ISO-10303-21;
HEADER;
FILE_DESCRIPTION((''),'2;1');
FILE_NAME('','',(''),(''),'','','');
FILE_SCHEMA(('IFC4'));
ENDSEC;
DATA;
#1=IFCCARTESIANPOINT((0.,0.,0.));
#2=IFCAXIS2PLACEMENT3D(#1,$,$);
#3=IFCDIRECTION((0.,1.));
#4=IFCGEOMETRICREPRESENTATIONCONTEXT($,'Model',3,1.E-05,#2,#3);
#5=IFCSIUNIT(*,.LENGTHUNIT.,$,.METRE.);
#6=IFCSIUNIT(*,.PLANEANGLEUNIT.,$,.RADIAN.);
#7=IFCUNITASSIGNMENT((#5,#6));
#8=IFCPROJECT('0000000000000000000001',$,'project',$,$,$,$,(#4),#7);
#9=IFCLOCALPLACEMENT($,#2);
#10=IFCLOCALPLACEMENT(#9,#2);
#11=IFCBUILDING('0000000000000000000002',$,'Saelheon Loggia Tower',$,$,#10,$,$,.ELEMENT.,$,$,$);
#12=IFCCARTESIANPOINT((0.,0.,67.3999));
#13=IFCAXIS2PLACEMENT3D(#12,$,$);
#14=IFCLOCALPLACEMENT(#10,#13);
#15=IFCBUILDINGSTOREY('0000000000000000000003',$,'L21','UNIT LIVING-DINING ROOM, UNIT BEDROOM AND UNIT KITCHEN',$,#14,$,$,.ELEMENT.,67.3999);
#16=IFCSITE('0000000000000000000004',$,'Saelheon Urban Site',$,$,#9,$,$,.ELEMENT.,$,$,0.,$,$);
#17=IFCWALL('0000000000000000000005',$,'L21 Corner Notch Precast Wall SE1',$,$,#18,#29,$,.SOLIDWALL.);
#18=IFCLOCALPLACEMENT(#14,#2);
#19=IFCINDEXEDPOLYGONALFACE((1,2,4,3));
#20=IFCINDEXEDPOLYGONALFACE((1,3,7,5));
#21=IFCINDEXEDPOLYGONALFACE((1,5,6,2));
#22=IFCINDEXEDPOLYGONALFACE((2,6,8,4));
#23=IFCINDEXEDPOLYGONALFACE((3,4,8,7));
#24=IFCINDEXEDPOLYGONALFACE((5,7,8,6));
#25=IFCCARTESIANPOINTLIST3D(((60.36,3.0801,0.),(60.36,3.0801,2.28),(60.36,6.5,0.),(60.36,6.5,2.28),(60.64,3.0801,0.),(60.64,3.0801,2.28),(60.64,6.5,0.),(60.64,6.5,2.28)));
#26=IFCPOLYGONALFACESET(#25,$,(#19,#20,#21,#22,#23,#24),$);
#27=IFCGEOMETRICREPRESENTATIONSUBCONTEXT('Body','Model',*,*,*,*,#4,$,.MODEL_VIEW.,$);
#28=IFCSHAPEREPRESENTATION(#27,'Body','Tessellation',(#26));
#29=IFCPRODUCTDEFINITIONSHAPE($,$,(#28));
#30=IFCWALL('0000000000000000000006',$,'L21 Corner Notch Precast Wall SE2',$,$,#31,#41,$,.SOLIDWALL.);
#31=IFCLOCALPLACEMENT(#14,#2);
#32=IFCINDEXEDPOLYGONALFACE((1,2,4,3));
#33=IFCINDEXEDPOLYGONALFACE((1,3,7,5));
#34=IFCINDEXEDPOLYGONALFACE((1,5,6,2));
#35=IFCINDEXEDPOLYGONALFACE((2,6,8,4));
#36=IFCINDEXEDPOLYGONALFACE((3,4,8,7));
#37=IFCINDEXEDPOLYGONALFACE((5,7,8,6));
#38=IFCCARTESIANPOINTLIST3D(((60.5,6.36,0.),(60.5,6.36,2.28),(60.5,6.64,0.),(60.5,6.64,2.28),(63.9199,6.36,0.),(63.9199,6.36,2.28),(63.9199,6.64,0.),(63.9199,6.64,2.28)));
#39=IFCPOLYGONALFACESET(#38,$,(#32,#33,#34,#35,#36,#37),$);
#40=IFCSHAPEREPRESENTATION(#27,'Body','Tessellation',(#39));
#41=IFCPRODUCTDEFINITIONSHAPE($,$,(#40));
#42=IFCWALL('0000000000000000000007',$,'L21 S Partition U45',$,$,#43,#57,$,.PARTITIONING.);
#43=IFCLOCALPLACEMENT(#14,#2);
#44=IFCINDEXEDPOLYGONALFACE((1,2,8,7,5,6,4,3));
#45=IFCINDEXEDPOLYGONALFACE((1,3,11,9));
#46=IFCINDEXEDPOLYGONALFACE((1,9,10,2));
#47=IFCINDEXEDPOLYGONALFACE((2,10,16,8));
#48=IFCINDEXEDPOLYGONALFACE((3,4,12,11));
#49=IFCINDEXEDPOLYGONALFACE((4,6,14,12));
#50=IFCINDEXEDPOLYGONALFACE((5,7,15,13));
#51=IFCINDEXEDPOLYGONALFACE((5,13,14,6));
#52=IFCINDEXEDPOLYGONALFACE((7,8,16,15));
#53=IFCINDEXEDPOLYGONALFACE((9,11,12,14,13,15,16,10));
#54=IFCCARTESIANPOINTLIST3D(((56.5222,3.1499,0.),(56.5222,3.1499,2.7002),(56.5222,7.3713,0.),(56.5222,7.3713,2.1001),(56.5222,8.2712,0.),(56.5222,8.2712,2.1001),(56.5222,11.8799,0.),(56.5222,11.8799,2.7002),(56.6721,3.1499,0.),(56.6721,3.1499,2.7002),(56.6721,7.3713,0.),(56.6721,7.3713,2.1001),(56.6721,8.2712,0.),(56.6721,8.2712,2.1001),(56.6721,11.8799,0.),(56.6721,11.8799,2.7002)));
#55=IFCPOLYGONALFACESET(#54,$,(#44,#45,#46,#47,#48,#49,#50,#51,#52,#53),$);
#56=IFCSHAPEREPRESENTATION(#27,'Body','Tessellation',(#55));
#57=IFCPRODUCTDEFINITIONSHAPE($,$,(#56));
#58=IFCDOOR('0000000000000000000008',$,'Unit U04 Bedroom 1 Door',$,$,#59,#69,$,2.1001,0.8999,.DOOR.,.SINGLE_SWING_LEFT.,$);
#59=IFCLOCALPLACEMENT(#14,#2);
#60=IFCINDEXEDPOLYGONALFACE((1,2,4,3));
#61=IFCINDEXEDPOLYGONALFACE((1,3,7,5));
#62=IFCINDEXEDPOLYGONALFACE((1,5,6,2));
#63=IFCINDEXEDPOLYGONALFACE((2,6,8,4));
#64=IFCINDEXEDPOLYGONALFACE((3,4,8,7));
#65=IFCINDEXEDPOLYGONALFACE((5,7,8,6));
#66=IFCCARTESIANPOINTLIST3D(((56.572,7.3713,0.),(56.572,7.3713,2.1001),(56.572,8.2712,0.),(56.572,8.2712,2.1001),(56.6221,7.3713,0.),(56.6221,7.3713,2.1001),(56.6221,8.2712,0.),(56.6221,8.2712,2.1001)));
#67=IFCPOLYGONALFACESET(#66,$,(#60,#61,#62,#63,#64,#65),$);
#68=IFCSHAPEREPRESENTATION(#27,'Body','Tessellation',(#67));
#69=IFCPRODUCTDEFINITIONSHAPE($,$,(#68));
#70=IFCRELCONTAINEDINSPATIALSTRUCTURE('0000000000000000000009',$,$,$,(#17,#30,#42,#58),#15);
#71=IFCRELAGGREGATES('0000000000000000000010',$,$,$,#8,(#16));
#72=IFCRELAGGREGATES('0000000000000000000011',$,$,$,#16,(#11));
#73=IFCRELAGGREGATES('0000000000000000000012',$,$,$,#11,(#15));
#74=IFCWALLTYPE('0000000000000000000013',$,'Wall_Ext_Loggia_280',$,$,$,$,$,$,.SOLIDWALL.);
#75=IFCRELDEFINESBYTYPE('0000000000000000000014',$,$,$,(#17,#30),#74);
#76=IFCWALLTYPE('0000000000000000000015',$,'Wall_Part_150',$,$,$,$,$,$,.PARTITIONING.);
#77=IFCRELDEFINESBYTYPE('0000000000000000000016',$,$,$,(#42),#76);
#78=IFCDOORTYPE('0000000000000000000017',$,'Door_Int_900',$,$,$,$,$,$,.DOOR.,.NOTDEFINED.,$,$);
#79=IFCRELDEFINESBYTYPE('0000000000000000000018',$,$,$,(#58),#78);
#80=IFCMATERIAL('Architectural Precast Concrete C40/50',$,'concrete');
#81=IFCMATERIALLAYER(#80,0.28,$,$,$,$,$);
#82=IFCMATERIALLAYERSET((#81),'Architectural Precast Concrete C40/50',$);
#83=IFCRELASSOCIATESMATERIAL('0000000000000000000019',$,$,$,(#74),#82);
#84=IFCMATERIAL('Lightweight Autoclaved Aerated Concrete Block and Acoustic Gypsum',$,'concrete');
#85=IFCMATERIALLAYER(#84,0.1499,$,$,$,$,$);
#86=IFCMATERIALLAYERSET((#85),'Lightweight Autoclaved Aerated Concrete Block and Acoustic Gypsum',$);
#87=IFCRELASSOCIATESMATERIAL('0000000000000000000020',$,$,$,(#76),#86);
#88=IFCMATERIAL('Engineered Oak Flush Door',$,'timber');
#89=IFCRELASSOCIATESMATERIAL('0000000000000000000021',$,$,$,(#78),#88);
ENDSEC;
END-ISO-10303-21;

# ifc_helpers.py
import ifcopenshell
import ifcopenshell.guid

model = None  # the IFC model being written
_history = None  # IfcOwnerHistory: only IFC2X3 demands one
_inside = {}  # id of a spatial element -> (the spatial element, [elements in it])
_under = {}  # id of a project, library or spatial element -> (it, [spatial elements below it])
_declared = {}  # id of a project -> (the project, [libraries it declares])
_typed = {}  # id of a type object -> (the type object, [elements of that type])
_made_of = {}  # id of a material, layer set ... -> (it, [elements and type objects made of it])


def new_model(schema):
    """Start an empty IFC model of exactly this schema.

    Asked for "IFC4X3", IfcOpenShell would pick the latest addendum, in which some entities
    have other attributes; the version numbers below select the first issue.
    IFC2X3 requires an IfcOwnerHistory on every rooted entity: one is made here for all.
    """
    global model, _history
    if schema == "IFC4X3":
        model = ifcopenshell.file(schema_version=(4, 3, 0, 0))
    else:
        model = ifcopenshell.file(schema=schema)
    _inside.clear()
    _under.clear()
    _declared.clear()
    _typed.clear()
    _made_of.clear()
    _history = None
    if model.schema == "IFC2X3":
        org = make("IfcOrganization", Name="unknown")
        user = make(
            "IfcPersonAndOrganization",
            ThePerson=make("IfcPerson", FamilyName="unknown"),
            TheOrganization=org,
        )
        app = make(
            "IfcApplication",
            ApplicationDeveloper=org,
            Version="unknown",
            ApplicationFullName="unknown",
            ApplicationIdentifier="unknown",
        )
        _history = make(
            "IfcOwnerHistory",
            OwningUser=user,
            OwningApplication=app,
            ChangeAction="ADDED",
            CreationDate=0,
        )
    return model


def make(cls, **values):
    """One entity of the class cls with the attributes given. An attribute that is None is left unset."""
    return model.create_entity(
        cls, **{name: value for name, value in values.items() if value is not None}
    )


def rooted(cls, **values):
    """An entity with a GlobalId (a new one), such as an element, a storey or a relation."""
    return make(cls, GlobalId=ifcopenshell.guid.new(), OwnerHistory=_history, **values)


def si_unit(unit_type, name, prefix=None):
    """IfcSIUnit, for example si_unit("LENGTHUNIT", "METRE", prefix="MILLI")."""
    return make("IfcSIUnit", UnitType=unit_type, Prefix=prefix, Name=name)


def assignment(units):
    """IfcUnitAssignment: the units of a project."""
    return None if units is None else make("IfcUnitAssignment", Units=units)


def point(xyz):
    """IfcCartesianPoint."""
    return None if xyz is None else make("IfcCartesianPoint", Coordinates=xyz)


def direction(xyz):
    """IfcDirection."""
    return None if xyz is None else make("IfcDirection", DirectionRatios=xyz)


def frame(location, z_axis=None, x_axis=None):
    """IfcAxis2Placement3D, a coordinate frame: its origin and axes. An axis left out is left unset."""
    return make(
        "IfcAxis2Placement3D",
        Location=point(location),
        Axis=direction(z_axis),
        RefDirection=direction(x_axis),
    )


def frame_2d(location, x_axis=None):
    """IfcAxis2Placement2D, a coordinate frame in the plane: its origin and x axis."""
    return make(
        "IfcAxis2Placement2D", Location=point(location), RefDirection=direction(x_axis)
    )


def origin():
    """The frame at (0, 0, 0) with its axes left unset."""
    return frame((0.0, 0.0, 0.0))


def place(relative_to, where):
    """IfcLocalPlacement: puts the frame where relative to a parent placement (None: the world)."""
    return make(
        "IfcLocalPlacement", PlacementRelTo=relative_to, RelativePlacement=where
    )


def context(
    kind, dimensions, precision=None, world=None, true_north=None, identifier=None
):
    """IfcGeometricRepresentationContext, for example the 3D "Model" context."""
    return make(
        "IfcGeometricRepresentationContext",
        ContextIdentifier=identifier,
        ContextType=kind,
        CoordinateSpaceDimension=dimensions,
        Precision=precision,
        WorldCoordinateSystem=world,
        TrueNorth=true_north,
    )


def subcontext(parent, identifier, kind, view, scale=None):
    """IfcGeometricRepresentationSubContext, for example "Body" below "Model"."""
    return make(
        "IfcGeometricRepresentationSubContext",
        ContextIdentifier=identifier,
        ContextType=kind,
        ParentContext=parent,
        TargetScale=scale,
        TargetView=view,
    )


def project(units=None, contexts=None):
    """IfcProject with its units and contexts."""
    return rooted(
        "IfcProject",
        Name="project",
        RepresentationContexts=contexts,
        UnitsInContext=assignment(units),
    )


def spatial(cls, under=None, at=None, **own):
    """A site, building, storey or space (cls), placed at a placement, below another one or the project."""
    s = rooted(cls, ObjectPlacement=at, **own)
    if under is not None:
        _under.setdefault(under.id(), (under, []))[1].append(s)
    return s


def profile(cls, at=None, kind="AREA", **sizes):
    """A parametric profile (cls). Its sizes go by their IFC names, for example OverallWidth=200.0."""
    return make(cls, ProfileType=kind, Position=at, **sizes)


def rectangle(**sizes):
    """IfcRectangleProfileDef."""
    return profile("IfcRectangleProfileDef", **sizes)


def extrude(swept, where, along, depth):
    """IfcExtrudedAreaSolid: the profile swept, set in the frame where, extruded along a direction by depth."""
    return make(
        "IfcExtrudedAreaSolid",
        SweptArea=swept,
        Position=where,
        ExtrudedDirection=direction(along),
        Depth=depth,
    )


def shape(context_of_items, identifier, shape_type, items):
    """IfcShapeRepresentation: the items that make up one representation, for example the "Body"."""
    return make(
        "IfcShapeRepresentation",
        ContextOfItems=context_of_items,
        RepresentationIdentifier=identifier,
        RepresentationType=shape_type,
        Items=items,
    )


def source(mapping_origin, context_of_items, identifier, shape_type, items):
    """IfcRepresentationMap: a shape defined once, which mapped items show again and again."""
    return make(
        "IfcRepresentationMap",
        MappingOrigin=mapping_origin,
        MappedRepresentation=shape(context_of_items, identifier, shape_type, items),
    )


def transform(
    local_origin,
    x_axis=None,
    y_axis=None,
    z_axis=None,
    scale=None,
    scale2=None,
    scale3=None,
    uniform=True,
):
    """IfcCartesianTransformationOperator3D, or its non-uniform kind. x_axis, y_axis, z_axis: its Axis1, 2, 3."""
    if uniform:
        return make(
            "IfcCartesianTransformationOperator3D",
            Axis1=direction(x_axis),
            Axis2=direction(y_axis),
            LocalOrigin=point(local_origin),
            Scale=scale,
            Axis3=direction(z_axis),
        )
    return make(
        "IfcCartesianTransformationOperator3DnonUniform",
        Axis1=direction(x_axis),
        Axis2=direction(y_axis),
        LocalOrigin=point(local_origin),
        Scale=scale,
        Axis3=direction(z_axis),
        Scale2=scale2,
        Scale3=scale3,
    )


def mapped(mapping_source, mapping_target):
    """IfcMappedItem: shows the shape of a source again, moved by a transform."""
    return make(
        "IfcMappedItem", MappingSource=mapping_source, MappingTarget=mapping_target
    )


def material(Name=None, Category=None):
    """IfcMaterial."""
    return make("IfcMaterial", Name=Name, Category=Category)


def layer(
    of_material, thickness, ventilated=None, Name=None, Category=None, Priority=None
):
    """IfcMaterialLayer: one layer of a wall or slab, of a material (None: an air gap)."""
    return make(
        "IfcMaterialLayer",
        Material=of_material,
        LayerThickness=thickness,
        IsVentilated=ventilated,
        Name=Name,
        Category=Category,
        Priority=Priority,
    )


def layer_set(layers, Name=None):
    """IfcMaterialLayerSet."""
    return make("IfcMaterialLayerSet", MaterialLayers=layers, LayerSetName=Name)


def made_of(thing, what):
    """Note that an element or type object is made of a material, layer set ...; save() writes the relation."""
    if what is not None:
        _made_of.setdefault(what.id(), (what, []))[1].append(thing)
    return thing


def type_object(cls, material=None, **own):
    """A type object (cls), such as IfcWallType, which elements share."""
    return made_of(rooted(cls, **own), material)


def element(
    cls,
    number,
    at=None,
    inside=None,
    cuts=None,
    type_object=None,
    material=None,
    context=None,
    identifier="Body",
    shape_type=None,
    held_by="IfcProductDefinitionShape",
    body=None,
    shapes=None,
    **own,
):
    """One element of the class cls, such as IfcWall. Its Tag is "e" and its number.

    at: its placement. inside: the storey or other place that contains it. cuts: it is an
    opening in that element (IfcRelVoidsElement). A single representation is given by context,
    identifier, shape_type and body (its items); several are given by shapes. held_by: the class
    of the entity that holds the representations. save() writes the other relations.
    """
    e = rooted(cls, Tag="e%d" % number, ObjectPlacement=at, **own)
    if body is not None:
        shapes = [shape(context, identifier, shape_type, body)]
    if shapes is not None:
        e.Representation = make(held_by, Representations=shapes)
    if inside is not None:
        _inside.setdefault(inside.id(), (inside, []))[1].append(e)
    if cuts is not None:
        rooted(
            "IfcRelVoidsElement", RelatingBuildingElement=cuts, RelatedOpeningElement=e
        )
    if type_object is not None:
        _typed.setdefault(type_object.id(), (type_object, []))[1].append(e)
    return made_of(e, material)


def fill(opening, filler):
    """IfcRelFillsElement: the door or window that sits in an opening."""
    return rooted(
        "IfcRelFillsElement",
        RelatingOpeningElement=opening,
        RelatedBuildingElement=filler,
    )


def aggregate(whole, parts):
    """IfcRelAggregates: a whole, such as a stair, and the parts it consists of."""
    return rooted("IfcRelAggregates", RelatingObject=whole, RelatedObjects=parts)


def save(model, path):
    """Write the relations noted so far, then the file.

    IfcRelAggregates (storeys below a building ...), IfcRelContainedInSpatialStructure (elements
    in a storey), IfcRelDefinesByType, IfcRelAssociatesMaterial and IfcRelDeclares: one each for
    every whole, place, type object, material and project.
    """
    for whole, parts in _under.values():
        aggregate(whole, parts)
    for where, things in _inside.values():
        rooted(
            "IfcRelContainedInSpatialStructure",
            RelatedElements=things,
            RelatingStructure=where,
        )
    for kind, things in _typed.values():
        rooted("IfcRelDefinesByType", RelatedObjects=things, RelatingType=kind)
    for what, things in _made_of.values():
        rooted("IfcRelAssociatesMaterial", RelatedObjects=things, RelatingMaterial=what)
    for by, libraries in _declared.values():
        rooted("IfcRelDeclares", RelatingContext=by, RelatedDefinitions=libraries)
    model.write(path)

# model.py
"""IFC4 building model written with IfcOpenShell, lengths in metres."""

from ifc_helpers import new_model, si_unit, direction, frame, frame_2d, origin, place, context, subcontext, project, spatial, rectangle, extrude, source, transform, mapped, material, layer, layer_set, type_object, element, fill, save


model = new_model("IFC4")

# Units and contexts
model_context = context("Model", 3, precision=1e-05, world=origin(), true_north=direction((0.0, 1.0)))
body_context = subcontext(model_context, "Body", "Model", "MODEL_VIEW")
ifc_project = project(units=[si_unit("LENGTHUNIT", "METRE"), si_unit("PLANEANGLEUNIT", "RADIAN")], contexts=[model_context])

# Site, building, storey
site_placement = place(None, origin())
site = spatial("IfcSite", under=ifc_project, at=site_placement, Name="Saelheon Urban Site", CompositionType="ELEMENT", RefElevation=0.0)
building_placement = place(site_placement, origin())
building = spatial("IfcBuilding", under=site, at=building_placement, Name="Saelheon Loggia Tower", CompositionType="ELEMENT")
storey_placement = place(building_placement, frame((0.0, 0.0, 67.3999)))
storey = spatial("IfcBuildingStorey", under=building, at=storey_placement, Name="L21", Description="UNIT LIVING-DINING ROOM, UNIT BEDROOM AND UNIT KITCHEN", CompositionType="ELEMENT", Elevation=67.3999)

# Shared definitions
ifc_material_1 = material(Name="Architectural Precast Concrete C40/50", Category="concrete")
ifc_layer_1 = layer(ifc_material_1, 0.28)
ifc_layer_set_1 = layer_set([ifc_layer_1], Name="Architectural Precast Concrete C40/50")
wall_type_1 = type_object("IfcWallType", Name="Wall_Ext_Loggia_280", PredefinedType="SOLIDWALL", material=ifc_layer_set_1)

# Walls
for number, where, z_axis, x_axis, name in (
    (1, (60.5, 3.0801, 0.0), (0.0, 0.0, 1.0), (0.0, 1.0, 0.0), "L21 Corner Notch Precast Wall SE1"),
    (2, (60.5, 6.5, 0.0), (0.0, 0.0, 1.0), (1.0, 0.0, 0.0), "L21 Corner Notch Precast Wall SE2"),
):
    element("IfcWall", number, at=place(storey_placement, frame(where, z_axis=z_axis, x_axis=x_axis)), inside=storey, type_object=wall_type_1, Name=name, PredefinedType="SOLIDWALL", context=body_context, shape_type="SweptSolid", body=[
        extrude(rectangle(XDim=3.4199, YDim=0.28, at=frame_2d((1.71, 0.0))), origin(), (0.0, 0.0, 1.0), 2.28),
    ])

# Wall, opening, door
ifc_material_2 = material(Name="Lightweight Autoclaved Aerated Concrete Block and Acoustic Gypsum", Category="concrete")
ifc_layer_2 = layer(ifc_material_2, 0.1499)
ifc_layer_set_2 = layer_set([ifc_layer_2], Name="Lightweight Autoclaved Aerated Concrete Block and Acoustic Gypsum")
wall_type_2 = type_object("IfcWallType", Name="Wall_Part_150", PredefinedType="PARTITIONING", material=ifc_layer_set_2)
wall_1_placement = place(storey_placement, frame((56.5972, 11.8799, 0.0), z_axis=(0.0, 0.0, 1.0), x_axis=(0.0, -1.0, 0.0)))
wall_1 = element("IfcWall", 3, at=wall_1_placement, inside=storey, type_object=wall_type_2, Name="L21 S Partition U45", PredefinedType="PARTITIONING", context=body_context, shape_type="SweptSolid", body=[
    extrude(rectangle(XDim=8.73, YDim=0.1499, at=frame_2d((4.365, 0.0))), origin(), (0.0, 0.0, 1.0), 2.7002),
])
opening_1_placement = place(wall_1_placement, frame((3.6086, 0.0, 0.0)))
opening_1 = element("IfcOpeningElement", 4, at=opening_1_placement, cuts=wall_1, PredefinedType="OPENING", context=body_context, shape_type="SweptSolid", body=[
    extrude(rectangle(XDim=0.8999, YDim=2.1001, at=frame_2d((0.45, 1.05))), frame((0.0, 0.0869, 0.0), z_axis=(0.0, -1.0, 0.0), x_axis=(1.0, 0.0, 0.0)), (0.0, 0.0, 1.0), 0.1738),
])
ifc_material_3 = material(Name="Engineered Oak Flush Door", Category="timber")
door_type_1 = type_object("IfcDoorType", Name="Door_Int_900", OperationType="NOTDEFINED", PredefinedType="DOOR", material=ifc_material_3)
shared_shape_1 = source(origin(), body_context, "Body", "SweptSolid", [
    extrude(rectangle(XDim=0.8999, YDim=2.1001, at=frame_2d((0.45, 1.05))), frame((0.0, 0.0249, 0.0), z_axis=(0.0, -1.0, 0.0), x_axis=(1.0, 0.0, 0.0)), (0.0, 0.0, 1.0), 0.05),
])
door_1_placement = place(opening_1_placement, origin())
door_1 = element("IfcDoor", 5, at=door_1_placement, inside=storey, type_object=door_type_1, Name="Unit U04 Bedroom 1 Door", OperationType="SINGLE_SWING_LEFT", OverallHeight=2.1001, OverallWidth=0.8999, PredefinedType="DOOR", context=body_context, shape_type="MappedRepresentation", body=[
    mapped(shared_shape_1, transform((0.0, 0.0, 0.0), scale=1.0)),
])
fill(opening_1, door_1)

save(model, "model.ifc")
